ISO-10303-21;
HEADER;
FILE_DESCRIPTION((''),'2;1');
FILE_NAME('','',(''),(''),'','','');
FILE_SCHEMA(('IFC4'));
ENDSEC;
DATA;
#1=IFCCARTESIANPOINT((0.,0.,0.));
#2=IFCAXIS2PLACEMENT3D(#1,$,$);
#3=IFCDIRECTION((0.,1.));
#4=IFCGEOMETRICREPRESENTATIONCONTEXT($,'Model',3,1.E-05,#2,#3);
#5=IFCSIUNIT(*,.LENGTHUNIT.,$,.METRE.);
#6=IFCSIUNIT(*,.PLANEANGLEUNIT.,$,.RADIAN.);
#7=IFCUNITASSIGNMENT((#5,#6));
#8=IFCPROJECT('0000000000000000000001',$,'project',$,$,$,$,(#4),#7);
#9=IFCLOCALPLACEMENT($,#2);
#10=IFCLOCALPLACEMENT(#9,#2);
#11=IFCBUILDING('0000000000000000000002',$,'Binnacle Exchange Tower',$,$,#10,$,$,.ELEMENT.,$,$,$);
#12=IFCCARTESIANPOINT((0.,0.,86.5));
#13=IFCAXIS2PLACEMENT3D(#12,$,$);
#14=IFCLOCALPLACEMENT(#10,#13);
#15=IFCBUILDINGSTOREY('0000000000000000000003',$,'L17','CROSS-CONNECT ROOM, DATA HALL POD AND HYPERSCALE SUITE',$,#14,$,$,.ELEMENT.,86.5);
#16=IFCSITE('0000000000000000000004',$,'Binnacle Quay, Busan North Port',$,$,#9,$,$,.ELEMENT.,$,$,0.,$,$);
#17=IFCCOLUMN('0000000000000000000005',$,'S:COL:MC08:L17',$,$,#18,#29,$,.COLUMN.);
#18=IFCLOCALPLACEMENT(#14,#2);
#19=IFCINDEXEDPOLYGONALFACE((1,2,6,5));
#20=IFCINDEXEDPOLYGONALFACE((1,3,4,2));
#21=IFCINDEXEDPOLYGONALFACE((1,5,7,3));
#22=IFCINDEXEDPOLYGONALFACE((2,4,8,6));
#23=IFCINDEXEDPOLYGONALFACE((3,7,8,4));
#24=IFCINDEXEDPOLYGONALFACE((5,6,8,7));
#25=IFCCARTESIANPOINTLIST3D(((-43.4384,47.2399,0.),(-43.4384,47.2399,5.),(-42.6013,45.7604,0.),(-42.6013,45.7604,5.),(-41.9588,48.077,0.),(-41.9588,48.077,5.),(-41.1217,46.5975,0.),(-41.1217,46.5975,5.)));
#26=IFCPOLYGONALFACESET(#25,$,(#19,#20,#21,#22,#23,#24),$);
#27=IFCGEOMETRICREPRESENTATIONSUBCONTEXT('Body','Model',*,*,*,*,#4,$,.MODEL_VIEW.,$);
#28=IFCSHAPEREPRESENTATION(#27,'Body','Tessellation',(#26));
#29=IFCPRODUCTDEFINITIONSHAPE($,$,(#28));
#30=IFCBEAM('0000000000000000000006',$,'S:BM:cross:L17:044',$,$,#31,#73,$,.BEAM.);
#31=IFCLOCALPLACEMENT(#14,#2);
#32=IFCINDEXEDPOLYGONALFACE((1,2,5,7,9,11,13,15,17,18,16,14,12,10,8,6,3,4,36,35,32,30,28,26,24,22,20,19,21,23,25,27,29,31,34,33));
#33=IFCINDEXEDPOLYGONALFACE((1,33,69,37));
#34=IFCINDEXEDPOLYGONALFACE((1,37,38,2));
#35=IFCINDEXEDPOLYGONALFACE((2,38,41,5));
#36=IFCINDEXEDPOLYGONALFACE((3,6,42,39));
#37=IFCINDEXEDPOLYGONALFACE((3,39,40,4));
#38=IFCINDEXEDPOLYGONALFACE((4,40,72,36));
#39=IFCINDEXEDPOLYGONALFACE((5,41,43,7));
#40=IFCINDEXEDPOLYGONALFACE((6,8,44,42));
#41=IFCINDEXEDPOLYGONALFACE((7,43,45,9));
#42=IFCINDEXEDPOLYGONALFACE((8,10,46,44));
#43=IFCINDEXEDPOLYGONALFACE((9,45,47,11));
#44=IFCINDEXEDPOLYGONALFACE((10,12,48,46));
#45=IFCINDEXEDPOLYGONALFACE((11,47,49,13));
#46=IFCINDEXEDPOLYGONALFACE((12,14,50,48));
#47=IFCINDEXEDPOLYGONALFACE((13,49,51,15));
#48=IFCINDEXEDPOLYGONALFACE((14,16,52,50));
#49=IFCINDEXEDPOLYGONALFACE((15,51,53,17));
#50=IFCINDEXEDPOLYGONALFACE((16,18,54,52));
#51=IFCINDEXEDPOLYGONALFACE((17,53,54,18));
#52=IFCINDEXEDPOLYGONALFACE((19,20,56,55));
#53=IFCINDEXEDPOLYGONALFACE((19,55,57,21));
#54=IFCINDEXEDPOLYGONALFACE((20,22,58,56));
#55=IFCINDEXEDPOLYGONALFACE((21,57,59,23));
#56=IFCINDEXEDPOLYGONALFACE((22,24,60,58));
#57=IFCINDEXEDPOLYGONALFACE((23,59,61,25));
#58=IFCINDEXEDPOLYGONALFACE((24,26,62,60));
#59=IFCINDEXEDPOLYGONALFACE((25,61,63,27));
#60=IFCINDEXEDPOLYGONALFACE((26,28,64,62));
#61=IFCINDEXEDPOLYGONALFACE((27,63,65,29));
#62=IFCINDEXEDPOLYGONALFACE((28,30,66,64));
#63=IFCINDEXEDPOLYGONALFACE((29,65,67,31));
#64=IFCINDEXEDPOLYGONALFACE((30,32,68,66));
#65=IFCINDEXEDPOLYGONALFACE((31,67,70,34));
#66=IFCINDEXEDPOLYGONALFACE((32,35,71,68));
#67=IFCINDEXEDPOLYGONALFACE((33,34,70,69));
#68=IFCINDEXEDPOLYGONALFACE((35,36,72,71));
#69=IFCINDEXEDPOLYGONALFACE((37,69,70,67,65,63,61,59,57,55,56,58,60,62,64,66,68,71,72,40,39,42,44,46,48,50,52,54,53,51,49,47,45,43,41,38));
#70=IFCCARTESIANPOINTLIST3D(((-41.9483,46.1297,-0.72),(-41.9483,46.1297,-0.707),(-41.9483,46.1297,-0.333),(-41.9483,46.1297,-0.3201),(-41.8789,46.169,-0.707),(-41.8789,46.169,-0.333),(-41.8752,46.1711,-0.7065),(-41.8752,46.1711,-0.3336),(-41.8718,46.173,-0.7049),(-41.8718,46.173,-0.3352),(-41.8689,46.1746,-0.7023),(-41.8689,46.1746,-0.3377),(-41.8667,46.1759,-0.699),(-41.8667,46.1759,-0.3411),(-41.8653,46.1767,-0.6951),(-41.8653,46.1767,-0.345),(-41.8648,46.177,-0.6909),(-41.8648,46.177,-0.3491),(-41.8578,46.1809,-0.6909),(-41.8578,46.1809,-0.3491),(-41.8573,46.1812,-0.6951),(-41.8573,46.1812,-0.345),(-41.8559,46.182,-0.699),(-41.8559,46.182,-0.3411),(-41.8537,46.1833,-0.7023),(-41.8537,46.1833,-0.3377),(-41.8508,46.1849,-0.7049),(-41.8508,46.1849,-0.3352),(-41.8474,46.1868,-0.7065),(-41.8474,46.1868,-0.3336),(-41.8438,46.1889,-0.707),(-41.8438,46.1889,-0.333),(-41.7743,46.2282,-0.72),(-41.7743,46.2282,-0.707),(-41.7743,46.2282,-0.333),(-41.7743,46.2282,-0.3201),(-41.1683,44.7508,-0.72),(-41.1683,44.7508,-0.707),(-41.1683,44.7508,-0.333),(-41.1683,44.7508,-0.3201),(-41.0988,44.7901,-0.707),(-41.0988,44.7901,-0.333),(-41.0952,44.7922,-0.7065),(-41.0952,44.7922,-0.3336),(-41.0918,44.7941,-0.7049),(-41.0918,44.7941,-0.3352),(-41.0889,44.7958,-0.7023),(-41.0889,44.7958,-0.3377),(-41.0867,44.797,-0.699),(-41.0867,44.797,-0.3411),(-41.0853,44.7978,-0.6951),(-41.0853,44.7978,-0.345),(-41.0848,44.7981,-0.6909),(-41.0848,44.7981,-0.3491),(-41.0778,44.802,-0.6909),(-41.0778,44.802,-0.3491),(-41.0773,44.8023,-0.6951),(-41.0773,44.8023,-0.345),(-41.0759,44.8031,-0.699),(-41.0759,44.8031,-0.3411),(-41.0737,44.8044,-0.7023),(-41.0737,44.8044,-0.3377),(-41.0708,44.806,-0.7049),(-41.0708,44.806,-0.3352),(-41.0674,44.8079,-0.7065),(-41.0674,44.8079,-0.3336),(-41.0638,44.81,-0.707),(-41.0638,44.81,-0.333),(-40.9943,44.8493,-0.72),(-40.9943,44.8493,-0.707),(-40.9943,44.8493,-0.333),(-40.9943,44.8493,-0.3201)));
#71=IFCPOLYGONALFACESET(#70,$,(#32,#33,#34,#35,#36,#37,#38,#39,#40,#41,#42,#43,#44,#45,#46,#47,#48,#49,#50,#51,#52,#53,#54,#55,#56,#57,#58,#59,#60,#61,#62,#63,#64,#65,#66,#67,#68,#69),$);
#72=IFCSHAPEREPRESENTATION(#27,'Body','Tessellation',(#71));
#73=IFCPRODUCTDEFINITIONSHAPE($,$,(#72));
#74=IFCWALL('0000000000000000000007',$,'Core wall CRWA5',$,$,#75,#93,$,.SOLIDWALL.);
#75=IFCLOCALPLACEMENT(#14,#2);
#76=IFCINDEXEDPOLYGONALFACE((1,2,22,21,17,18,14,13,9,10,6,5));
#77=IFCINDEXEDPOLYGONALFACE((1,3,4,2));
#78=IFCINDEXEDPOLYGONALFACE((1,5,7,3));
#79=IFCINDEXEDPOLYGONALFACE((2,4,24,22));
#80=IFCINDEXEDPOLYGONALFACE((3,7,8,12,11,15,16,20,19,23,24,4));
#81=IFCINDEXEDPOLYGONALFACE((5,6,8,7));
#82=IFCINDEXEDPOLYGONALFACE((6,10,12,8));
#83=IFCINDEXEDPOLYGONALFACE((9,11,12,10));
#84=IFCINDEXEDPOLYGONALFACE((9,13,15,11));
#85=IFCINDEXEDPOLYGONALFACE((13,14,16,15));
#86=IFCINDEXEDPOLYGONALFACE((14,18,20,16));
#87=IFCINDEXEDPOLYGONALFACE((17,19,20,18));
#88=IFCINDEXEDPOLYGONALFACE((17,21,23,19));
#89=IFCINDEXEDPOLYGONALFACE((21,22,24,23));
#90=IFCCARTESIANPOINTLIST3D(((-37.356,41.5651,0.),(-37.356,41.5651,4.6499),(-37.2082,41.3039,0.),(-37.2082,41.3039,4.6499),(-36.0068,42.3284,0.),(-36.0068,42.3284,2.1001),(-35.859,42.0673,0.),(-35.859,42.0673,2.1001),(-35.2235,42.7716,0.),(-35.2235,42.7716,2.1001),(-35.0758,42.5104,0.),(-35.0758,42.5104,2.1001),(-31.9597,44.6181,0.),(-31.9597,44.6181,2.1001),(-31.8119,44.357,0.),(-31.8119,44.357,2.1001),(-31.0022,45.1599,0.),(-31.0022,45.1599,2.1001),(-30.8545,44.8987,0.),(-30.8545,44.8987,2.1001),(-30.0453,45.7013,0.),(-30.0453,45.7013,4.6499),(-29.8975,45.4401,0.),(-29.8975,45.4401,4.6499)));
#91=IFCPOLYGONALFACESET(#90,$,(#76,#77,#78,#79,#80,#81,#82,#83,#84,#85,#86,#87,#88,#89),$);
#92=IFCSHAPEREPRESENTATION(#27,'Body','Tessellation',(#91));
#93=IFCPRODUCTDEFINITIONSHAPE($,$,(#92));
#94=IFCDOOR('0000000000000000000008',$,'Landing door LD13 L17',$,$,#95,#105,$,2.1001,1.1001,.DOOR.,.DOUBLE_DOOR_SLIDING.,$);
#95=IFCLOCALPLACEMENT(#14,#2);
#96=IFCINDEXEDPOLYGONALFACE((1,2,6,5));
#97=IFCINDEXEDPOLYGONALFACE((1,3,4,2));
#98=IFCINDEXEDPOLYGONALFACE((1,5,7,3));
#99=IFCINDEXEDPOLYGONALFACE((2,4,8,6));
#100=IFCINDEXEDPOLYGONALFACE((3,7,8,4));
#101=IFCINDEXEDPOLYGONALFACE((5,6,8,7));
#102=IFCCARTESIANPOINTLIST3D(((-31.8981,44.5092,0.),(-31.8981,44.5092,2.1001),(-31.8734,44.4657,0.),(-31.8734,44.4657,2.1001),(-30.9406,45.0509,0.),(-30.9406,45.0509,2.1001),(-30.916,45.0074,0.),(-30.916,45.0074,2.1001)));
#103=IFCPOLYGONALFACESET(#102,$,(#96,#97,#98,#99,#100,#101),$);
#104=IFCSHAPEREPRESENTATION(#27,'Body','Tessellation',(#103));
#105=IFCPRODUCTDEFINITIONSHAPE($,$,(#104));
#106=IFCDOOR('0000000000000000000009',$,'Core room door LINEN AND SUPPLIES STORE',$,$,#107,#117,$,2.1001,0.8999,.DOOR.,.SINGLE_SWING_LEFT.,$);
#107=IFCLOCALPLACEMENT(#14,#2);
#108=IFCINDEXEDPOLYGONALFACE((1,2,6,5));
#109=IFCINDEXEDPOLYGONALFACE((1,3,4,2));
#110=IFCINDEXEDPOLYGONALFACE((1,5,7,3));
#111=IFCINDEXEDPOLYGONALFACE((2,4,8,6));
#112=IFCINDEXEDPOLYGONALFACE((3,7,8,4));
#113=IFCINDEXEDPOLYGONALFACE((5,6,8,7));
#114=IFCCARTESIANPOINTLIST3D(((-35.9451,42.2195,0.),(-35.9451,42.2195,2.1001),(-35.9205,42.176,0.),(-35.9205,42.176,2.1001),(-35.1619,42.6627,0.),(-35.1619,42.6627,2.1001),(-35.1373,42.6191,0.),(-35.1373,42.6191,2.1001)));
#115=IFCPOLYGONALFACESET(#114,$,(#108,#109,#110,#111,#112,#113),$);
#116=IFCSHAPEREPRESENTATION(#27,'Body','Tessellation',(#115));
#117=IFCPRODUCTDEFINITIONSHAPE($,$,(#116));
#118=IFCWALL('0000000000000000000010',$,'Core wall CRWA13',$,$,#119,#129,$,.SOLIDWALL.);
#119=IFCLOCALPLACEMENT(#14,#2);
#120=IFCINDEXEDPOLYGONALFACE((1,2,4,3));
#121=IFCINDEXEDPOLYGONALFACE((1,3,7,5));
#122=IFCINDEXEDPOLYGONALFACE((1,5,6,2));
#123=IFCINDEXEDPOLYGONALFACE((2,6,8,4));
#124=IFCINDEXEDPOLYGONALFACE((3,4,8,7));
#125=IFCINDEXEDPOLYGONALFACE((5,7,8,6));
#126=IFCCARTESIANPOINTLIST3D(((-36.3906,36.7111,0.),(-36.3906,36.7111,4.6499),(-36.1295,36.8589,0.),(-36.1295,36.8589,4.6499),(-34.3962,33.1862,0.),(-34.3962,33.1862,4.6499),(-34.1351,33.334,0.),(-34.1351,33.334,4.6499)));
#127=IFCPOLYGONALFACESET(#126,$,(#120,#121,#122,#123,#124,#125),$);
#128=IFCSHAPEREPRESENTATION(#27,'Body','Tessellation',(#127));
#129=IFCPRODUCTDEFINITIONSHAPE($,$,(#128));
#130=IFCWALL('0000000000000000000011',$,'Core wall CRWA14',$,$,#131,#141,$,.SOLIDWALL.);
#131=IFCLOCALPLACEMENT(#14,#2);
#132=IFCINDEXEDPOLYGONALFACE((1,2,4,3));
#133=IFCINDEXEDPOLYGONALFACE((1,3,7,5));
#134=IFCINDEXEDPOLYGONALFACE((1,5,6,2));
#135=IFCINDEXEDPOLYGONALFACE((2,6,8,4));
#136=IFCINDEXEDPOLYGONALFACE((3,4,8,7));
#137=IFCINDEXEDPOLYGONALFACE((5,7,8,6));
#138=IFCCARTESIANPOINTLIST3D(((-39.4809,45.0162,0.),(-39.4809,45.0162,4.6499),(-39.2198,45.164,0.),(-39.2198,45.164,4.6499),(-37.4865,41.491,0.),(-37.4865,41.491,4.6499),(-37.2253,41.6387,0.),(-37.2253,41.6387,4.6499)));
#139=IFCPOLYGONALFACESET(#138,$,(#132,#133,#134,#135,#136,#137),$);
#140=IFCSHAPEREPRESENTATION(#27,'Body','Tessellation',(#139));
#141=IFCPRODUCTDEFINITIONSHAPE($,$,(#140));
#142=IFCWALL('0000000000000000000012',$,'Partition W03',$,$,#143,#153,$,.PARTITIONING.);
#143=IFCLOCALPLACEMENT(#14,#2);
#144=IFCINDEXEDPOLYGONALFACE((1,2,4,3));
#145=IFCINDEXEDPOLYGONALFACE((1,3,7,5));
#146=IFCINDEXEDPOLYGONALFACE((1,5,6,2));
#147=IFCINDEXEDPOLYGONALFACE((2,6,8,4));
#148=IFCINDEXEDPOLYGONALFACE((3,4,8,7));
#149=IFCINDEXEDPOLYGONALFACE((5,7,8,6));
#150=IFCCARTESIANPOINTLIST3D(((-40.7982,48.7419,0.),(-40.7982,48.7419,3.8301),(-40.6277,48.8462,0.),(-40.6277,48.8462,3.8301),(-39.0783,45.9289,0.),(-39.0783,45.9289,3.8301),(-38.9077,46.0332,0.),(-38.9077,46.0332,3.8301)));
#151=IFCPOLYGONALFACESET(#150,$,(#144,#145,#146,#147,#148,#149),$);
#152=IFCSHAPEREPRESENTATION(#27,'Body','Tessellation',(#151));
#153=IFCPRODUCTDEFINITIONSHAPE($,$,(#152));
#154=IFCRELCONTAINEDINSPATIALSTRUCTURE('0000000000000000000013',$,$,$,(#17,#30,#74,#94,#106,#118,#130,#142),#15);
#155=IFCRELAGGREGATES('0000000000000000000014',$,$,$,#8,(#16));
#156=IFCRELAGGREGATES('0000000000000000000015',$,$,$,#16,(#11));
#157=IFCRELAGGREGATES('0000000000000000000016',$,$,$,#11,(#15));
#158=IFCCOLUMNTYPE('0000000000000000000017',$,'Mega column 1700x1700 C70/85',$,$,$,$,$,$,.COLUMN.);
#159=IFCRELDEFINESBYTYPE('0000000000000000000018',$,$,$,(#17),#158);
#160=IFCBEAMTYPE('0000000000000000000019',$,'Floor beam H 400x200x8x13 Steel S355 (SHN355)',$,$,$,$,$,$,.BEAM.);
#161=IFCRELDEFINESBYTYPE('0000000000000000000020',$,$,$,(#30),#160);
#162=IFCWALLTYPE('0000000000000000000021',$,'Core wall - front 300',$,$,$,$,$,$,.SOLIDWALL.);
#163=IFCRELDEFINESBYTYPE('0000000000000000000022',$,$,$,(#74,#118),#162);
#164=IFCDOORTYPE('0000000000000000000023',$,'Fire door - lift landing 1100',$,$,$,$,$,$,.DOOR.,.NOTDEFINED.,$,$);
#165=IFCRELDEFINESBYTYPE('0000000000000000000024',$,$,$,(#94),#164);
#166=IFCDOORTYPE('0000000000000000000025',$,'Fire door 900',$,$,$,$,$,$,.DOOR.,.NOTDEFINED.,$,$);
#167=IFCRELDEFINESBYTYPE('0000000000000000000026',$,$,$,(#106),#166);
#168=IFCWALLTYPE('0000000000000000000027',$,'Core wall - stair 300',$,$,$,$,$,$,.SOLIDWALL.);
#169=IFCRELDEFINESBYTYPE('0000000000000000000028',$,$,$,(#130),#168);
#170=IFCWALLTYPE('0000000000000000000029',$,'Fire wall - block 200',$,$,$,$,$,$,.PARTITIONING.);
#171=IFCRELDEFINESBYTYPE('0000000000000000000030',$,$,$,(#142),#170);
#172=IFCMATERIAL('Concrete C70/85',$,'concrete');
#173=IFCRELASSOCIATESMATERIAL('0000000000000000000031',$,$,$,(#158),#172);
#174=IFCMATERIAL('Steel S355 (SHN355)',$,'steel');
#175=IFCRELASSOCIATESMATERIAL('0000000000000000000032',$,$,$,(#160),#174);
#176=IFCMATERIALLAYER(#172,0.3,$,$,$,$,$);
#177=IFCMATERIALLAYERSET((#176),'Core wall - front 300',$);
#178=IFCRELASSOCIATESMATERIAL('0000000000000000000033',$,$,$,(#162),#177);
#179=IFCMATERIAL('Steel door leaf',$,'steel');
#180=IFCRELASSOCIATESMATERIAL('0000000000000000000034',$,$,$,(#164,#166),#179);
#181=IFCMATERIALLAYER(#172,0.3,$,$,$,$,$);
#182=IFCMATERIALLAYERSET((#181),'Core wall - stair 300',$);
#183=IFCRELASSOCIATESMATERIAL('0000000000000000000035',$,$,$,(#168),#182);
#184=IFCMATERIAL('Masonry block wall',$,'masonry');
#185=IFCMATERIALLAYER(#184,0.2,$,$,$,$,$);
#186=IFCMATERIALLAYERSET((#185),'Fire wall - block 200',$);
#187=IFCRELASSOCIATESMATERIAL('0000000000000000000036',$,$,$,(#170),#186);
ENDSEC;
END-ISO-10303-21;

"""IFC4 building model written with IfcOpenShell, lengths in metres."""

from ifc_helpers import new_model, si_unit, direction, frame, frame_2d, origin, origin_2d, place, context, subcontext, project, spatial, rectangle, i_section, extrude, material, layer, layer_set, material_profile, profile_set, type_object, element, fill, save


model = new_model("IFC4")

# Units and contexts
model_context = context("Model", 3, precision=1e-05, world=origin(), true_north=direction((0.0, 1.0)))
body_context = subcontext(model_context, "Body", "Model", "MODEL_VIEW")
ifc_project = project(units=[si_unit("LENGTHUNIT", "METRE"), si_unit("PLANEANGLEUNIT", "RADIAN")], contexts=[model_context])

# Site, building, storey
site_placement = place(None, origin())
site = spatial("IfcSite", under=ifc_project, at=site_placement, Name="Binnacle Quay, Busan North Port", CompositionType="ELEMENT", RefElevation=0.0)
building_placement = place(site_placement, origin())
building = spatial("IfcBuilding", under=site, at=building_placement, Name="Binnacle Exchange Tower", CompositionType="ELEMENT")
storey_placement = place(building_placement, frame((0.0, 0.0, 86.5)))
storey = spatial("IfcBuildingStorey", under=building, at=storey_placement, Name="L17", Description="CROSS-CONNECT ROOM, DATA HALL POD AND HYPERSCALE SUITE", CompositionType="ELEMENT", Elevation=86.5)

# Column
ifc_material_1 = material(Name="Concrete C70/85", Category="concrete")
ifc_material_profile_1 = material_profile(ifc_material_1, rectangle(XDim=1.7, YDim=1.7, at=origin_2d()), Name="Mega column 1700x1700 C70/85")
ifc_profile_set_1 = profile_set([ifc_material_profile_1], Name="Concrete C70/85")
column_type = type_object("IfcColumnType", Name="Mega column 1700x1700 C70/85", PredefinedType="COLUMN", material=ifc_profile_set_1)
column_placement = place(storey_placement, frame((-42.28, 46.9187, 0.0), z_axis=(0.0, 0.0, 1.0), x_axis=(-0.870356, -0.492424, 0.0)))
element("IfcColumn", 1, at=column_placement, inside=storey, type_object=column_type, Name="S:COL:MC08:L17", PredefinedType="COLUMN", context=body_context, shape_type="SweptSolid", body=[
    extrude(rectangle(XDim=1.7, YDim=1.7, at=origin_2d()), origin(), (0.0, 0.0, 1.0), 5.0),
])

# Beam
ifc_material_2 = material(Name="Steel S355 (SHN355)", Category="steel")
ifc_material_profile_2 = material_profile(ifc_material_2, i_section(OverallWidth=0.2, OverallDepth=0.3999, WebThickness=0.0081, FlangeThickness=0.0129, FilletRadius=0.0161, at=origin_2d()), Name="H 400x200x8x13")
ifc_profile_set_2 = profile_set([ifc_material_profile_2], Name="Steel S355 (SHN355)")
beam_type = type_object("IfcBeamType", Name="Floor beam H 400x200x8x13 Steel S355 (SHN355)", PredefinedType="BEAM", material=ifc_profile_set_2)
beam_placement = place(storey_placement, frame((-41.8613, 46.179, -0.52), z_axis=(0.492367, -0.870388, 0.0), x_axis=(0.870388, 0.492367, 0.0)))
element("IfcBeam", 2, at=beam_placement, inside=storey, type_object=beam_type, Name="S:BM:cross:L17:044", PredefinedType="BEAM", context=body_context, shape_type="SweptSolid", body=[
    extrude(i_section(OverallWidth=0.2, OverallDepth=0.3999, WebThickness=0.0081, FlangeThickness=0.0129, FilletRadius=0.0161, at=origin_2d()), origin(), (0.0, 0.0, 1.0), 1.5842),
])

# Wall, openings, doors
ifc_layer_1 = layer(ifc_material_1, 0.3)
ifc_layer_set_1 = layer_set([ifc_layer_1], Name="Core wall - front 300")
wall_type_1 = type_object("IfcWallType", Name="Core wall - front 300", PredefinedType="SOLIDWALL", material=ifc_layer_set_1)
wall_1_placement = place(storey_placement, frame((-37.282, 41.4346, 0.0), z_axis=(0.0, 0.0, 1.0), x_axis=(0.870357, 0.492422, 0.0)))
wall_1 = element("IfcWall", 3, at=wall_1_placement, inside=storey, type_object=wall_type_1, Name="Core wall CRWA5", PredefinedType="SOLIDWALL", context=body_context, shape_type="SweptSolid", body=[
    extrude(rectangle(XDim=8.3997, YDim=0.3, at=frame_2d((4.1997, 0.0))), origin(), (0.0, 0.0, 1.0), 4.6499),
])
opening_1_placement = place(wall_1_placement, frame((6.2, 0.0, 0.0)))
opening_1 = element("IfcOpeningElement", 4, at=opening_1_placement, cuts=wall_1, PredefinedType="OPENING", context=body_context, shape_type="SweptSolid", body=[
    extrude(rectangle(XDim=1.1001, YDim=2.1001, at=frame_2d((0.55, 1.05))), frame((0.0, 0.1599, 0.0), z_axis=(0.0, -1.0, 0.0), x_axis=(1.0, 0.0, 0.0)), (0.0, 0.0, 1.0), 0.3201),
])
opening_2_placement = place(wall_1_placement, frame((1.55, 0.0, 0.0)))
opening_2 = element("IfcOpeningElement", 5, at=opening_2_placement, cuts=wall_1, PredefinedType="OPENING", context=body_context, shape_type="SweptSolid", body=[
    extrude(rectangle(XDim=0.8999, YDim=2.1001, at=frame_2d((0.45, 1.05))), frame((0.0, 0.1599, 0.0), z_axis=(0.0, -1.0, 0.0), x_axis=(1.0, 0.0, 0.0)), (0.0, 0.0, 1.0), 0.3201),
])
ifc_material_3 = material(Name="Steel door leaf", Category="steel")
door_type_1 = type_object("IfcDoorType", Name="Fire door - lift landing 1100", OperationType="NOTDEFINED", PredefinedType="DOOR", material=ifc_material_3)
door_1_placement = place(opening_1_placement, origin())
door_1 = element("IfcDoor", 6, at=door_1_placement, inside=storey, type_object=door_type_1, Name="Landing door LD13 L17", OperationType="DOUBLE_DOOR_SLIDING", OverallHeight=2.1001, OverallWidth=1.1001, PredefinedType="DOOR", context=body_context, shape_type="SweptSolid", body=[
    extrude(rectangle(XDim=1.1001, YDim=2.1001, at=frame_2d((0.55, 1.05))), frame((0.0, 0.0249, 0.0), z_axis=(0.0, -1.0, 0.0), x_axis=(1.0, 0.0, 0.0)), (0.0, 0.0, 1.0), 0.05),
])
fill(opening_1, door_1)
door_type_2 = type_object("IfcDoorType", Name="Fire door 900", OperationType="NOTDEFINED", PredefinedType="DOOR", material=ifc_material_3)
door_2_placement = place(opening_2_placement, origin())
door_2 = element("IfcDoor", 7, at=door_2_placement, inside=storey, type_object=door_type_2, Name="Core room door LINEN AND SUPPLIES STORE", OperationType="SINGLE_SWING_LEFT", OverallHeight=2.1001, OverallWidth=0.8999, PredefinedType="DOOR", context=body_context, shape_type="SweptSolid", body=[
    extrude(rectangle(XDim=0.8999, YDim=2.1001, at=frame_2d((0.45, 1.05))), frame((0.0, 0.0249, 0.0), z_axis=(0.0, -1.0, 0.0), x_axis=(1.0, 0.0, 0.0)), (0.0, 0.0, 1.0), 0.05),
])
fill(opening_2, door_2)

# Walls
wall_2_placement = place(storey_placement, frame((-36.26, 36.7849, 0.0), z_axis=(0.0, 0.0, 1.0), x_axis=(0.492441, -0.870346, 0.0)))
element("IfcWall", 8, at=wall_2_placement, inside=storey, type_object=wall_type_1, Name="Core wall CRWA13", PredefinedType="SOLIDWALL", context=body_context, shape_type="SweptSolid", body=[
    extrude(rectangle(XDim=4.05, YDim=0.3, at=frame_2d((2.0249, 0.0))), origin(), (0.0, 0.0, 1.0), 4.6499),
])
ifc_layer_2 = layer(ifc_material_1, 0.3)
ifc_layer_set_2 = layer_set([ifc_layer_2], Name="Core wall - stair 300")
wall_type_2 = type_object("IfcWallType", Name="Core wall - stair 300", PredefinedType="SOLIDWALL", material=ifc_layer_set_2)
wall_3_placement = place(storey_placement, frame((-39.3503, 45.0901, 0.0), z_axis=(0.0, 0.0, 1.0), x_axis=(0.492415, -0.870361, 0.0)))
element("IfcWall", 9, at=wall_3_placement, inside=storey, type_object=wall_type_2, Name="Core wall CRWA14", PredefinedType="SOLIDWALL", context=body_context, shape_type="SweptSolid", body=[
    extrude(rectangle(XDim=4.0503, YDim=0.3, at=frame_2d((2.0251, 0.0))), origin(), (0.0, 0.0, 1.0), 4.6499),
])
ifc_material_4 = material(Name="Masonry block wall", Category="masonry")
ifc_layer_3 = layer(ifc_material_4, 0.2)
ifc_layer_set_3 = layer_set([ifc_layer_3], Name="Fire wall - block 200")
wall_type_3 = type_object("IfcWallType", Name="Fire wall - block 200", PredefinedType="PARTITIONING", material=ifc_layer_set_3)
wall_4_placement = place(storey_placement, frame((-40.7129, 48.7939, 0.0), z_axis=(0.0, 0.0, 1.0), x_axis=(0.521654, -0.853157, 0.0)))
element("IfcWall", 10, at=wall_4_placement, inside=storey, type_object=wall_type_3, Name="Partition W03", PredefinedType="PARTITIONING", context=body_context, shape_type="SweptSolid", body=[
    extrude(rectangle(XDim=3.2971, YDim=0.2, at=frame_2d((1.6484, 0.0))), origin(), (0.0, 0.0, 1.0), 3.8301),
])

save(model, "model.ifc")
